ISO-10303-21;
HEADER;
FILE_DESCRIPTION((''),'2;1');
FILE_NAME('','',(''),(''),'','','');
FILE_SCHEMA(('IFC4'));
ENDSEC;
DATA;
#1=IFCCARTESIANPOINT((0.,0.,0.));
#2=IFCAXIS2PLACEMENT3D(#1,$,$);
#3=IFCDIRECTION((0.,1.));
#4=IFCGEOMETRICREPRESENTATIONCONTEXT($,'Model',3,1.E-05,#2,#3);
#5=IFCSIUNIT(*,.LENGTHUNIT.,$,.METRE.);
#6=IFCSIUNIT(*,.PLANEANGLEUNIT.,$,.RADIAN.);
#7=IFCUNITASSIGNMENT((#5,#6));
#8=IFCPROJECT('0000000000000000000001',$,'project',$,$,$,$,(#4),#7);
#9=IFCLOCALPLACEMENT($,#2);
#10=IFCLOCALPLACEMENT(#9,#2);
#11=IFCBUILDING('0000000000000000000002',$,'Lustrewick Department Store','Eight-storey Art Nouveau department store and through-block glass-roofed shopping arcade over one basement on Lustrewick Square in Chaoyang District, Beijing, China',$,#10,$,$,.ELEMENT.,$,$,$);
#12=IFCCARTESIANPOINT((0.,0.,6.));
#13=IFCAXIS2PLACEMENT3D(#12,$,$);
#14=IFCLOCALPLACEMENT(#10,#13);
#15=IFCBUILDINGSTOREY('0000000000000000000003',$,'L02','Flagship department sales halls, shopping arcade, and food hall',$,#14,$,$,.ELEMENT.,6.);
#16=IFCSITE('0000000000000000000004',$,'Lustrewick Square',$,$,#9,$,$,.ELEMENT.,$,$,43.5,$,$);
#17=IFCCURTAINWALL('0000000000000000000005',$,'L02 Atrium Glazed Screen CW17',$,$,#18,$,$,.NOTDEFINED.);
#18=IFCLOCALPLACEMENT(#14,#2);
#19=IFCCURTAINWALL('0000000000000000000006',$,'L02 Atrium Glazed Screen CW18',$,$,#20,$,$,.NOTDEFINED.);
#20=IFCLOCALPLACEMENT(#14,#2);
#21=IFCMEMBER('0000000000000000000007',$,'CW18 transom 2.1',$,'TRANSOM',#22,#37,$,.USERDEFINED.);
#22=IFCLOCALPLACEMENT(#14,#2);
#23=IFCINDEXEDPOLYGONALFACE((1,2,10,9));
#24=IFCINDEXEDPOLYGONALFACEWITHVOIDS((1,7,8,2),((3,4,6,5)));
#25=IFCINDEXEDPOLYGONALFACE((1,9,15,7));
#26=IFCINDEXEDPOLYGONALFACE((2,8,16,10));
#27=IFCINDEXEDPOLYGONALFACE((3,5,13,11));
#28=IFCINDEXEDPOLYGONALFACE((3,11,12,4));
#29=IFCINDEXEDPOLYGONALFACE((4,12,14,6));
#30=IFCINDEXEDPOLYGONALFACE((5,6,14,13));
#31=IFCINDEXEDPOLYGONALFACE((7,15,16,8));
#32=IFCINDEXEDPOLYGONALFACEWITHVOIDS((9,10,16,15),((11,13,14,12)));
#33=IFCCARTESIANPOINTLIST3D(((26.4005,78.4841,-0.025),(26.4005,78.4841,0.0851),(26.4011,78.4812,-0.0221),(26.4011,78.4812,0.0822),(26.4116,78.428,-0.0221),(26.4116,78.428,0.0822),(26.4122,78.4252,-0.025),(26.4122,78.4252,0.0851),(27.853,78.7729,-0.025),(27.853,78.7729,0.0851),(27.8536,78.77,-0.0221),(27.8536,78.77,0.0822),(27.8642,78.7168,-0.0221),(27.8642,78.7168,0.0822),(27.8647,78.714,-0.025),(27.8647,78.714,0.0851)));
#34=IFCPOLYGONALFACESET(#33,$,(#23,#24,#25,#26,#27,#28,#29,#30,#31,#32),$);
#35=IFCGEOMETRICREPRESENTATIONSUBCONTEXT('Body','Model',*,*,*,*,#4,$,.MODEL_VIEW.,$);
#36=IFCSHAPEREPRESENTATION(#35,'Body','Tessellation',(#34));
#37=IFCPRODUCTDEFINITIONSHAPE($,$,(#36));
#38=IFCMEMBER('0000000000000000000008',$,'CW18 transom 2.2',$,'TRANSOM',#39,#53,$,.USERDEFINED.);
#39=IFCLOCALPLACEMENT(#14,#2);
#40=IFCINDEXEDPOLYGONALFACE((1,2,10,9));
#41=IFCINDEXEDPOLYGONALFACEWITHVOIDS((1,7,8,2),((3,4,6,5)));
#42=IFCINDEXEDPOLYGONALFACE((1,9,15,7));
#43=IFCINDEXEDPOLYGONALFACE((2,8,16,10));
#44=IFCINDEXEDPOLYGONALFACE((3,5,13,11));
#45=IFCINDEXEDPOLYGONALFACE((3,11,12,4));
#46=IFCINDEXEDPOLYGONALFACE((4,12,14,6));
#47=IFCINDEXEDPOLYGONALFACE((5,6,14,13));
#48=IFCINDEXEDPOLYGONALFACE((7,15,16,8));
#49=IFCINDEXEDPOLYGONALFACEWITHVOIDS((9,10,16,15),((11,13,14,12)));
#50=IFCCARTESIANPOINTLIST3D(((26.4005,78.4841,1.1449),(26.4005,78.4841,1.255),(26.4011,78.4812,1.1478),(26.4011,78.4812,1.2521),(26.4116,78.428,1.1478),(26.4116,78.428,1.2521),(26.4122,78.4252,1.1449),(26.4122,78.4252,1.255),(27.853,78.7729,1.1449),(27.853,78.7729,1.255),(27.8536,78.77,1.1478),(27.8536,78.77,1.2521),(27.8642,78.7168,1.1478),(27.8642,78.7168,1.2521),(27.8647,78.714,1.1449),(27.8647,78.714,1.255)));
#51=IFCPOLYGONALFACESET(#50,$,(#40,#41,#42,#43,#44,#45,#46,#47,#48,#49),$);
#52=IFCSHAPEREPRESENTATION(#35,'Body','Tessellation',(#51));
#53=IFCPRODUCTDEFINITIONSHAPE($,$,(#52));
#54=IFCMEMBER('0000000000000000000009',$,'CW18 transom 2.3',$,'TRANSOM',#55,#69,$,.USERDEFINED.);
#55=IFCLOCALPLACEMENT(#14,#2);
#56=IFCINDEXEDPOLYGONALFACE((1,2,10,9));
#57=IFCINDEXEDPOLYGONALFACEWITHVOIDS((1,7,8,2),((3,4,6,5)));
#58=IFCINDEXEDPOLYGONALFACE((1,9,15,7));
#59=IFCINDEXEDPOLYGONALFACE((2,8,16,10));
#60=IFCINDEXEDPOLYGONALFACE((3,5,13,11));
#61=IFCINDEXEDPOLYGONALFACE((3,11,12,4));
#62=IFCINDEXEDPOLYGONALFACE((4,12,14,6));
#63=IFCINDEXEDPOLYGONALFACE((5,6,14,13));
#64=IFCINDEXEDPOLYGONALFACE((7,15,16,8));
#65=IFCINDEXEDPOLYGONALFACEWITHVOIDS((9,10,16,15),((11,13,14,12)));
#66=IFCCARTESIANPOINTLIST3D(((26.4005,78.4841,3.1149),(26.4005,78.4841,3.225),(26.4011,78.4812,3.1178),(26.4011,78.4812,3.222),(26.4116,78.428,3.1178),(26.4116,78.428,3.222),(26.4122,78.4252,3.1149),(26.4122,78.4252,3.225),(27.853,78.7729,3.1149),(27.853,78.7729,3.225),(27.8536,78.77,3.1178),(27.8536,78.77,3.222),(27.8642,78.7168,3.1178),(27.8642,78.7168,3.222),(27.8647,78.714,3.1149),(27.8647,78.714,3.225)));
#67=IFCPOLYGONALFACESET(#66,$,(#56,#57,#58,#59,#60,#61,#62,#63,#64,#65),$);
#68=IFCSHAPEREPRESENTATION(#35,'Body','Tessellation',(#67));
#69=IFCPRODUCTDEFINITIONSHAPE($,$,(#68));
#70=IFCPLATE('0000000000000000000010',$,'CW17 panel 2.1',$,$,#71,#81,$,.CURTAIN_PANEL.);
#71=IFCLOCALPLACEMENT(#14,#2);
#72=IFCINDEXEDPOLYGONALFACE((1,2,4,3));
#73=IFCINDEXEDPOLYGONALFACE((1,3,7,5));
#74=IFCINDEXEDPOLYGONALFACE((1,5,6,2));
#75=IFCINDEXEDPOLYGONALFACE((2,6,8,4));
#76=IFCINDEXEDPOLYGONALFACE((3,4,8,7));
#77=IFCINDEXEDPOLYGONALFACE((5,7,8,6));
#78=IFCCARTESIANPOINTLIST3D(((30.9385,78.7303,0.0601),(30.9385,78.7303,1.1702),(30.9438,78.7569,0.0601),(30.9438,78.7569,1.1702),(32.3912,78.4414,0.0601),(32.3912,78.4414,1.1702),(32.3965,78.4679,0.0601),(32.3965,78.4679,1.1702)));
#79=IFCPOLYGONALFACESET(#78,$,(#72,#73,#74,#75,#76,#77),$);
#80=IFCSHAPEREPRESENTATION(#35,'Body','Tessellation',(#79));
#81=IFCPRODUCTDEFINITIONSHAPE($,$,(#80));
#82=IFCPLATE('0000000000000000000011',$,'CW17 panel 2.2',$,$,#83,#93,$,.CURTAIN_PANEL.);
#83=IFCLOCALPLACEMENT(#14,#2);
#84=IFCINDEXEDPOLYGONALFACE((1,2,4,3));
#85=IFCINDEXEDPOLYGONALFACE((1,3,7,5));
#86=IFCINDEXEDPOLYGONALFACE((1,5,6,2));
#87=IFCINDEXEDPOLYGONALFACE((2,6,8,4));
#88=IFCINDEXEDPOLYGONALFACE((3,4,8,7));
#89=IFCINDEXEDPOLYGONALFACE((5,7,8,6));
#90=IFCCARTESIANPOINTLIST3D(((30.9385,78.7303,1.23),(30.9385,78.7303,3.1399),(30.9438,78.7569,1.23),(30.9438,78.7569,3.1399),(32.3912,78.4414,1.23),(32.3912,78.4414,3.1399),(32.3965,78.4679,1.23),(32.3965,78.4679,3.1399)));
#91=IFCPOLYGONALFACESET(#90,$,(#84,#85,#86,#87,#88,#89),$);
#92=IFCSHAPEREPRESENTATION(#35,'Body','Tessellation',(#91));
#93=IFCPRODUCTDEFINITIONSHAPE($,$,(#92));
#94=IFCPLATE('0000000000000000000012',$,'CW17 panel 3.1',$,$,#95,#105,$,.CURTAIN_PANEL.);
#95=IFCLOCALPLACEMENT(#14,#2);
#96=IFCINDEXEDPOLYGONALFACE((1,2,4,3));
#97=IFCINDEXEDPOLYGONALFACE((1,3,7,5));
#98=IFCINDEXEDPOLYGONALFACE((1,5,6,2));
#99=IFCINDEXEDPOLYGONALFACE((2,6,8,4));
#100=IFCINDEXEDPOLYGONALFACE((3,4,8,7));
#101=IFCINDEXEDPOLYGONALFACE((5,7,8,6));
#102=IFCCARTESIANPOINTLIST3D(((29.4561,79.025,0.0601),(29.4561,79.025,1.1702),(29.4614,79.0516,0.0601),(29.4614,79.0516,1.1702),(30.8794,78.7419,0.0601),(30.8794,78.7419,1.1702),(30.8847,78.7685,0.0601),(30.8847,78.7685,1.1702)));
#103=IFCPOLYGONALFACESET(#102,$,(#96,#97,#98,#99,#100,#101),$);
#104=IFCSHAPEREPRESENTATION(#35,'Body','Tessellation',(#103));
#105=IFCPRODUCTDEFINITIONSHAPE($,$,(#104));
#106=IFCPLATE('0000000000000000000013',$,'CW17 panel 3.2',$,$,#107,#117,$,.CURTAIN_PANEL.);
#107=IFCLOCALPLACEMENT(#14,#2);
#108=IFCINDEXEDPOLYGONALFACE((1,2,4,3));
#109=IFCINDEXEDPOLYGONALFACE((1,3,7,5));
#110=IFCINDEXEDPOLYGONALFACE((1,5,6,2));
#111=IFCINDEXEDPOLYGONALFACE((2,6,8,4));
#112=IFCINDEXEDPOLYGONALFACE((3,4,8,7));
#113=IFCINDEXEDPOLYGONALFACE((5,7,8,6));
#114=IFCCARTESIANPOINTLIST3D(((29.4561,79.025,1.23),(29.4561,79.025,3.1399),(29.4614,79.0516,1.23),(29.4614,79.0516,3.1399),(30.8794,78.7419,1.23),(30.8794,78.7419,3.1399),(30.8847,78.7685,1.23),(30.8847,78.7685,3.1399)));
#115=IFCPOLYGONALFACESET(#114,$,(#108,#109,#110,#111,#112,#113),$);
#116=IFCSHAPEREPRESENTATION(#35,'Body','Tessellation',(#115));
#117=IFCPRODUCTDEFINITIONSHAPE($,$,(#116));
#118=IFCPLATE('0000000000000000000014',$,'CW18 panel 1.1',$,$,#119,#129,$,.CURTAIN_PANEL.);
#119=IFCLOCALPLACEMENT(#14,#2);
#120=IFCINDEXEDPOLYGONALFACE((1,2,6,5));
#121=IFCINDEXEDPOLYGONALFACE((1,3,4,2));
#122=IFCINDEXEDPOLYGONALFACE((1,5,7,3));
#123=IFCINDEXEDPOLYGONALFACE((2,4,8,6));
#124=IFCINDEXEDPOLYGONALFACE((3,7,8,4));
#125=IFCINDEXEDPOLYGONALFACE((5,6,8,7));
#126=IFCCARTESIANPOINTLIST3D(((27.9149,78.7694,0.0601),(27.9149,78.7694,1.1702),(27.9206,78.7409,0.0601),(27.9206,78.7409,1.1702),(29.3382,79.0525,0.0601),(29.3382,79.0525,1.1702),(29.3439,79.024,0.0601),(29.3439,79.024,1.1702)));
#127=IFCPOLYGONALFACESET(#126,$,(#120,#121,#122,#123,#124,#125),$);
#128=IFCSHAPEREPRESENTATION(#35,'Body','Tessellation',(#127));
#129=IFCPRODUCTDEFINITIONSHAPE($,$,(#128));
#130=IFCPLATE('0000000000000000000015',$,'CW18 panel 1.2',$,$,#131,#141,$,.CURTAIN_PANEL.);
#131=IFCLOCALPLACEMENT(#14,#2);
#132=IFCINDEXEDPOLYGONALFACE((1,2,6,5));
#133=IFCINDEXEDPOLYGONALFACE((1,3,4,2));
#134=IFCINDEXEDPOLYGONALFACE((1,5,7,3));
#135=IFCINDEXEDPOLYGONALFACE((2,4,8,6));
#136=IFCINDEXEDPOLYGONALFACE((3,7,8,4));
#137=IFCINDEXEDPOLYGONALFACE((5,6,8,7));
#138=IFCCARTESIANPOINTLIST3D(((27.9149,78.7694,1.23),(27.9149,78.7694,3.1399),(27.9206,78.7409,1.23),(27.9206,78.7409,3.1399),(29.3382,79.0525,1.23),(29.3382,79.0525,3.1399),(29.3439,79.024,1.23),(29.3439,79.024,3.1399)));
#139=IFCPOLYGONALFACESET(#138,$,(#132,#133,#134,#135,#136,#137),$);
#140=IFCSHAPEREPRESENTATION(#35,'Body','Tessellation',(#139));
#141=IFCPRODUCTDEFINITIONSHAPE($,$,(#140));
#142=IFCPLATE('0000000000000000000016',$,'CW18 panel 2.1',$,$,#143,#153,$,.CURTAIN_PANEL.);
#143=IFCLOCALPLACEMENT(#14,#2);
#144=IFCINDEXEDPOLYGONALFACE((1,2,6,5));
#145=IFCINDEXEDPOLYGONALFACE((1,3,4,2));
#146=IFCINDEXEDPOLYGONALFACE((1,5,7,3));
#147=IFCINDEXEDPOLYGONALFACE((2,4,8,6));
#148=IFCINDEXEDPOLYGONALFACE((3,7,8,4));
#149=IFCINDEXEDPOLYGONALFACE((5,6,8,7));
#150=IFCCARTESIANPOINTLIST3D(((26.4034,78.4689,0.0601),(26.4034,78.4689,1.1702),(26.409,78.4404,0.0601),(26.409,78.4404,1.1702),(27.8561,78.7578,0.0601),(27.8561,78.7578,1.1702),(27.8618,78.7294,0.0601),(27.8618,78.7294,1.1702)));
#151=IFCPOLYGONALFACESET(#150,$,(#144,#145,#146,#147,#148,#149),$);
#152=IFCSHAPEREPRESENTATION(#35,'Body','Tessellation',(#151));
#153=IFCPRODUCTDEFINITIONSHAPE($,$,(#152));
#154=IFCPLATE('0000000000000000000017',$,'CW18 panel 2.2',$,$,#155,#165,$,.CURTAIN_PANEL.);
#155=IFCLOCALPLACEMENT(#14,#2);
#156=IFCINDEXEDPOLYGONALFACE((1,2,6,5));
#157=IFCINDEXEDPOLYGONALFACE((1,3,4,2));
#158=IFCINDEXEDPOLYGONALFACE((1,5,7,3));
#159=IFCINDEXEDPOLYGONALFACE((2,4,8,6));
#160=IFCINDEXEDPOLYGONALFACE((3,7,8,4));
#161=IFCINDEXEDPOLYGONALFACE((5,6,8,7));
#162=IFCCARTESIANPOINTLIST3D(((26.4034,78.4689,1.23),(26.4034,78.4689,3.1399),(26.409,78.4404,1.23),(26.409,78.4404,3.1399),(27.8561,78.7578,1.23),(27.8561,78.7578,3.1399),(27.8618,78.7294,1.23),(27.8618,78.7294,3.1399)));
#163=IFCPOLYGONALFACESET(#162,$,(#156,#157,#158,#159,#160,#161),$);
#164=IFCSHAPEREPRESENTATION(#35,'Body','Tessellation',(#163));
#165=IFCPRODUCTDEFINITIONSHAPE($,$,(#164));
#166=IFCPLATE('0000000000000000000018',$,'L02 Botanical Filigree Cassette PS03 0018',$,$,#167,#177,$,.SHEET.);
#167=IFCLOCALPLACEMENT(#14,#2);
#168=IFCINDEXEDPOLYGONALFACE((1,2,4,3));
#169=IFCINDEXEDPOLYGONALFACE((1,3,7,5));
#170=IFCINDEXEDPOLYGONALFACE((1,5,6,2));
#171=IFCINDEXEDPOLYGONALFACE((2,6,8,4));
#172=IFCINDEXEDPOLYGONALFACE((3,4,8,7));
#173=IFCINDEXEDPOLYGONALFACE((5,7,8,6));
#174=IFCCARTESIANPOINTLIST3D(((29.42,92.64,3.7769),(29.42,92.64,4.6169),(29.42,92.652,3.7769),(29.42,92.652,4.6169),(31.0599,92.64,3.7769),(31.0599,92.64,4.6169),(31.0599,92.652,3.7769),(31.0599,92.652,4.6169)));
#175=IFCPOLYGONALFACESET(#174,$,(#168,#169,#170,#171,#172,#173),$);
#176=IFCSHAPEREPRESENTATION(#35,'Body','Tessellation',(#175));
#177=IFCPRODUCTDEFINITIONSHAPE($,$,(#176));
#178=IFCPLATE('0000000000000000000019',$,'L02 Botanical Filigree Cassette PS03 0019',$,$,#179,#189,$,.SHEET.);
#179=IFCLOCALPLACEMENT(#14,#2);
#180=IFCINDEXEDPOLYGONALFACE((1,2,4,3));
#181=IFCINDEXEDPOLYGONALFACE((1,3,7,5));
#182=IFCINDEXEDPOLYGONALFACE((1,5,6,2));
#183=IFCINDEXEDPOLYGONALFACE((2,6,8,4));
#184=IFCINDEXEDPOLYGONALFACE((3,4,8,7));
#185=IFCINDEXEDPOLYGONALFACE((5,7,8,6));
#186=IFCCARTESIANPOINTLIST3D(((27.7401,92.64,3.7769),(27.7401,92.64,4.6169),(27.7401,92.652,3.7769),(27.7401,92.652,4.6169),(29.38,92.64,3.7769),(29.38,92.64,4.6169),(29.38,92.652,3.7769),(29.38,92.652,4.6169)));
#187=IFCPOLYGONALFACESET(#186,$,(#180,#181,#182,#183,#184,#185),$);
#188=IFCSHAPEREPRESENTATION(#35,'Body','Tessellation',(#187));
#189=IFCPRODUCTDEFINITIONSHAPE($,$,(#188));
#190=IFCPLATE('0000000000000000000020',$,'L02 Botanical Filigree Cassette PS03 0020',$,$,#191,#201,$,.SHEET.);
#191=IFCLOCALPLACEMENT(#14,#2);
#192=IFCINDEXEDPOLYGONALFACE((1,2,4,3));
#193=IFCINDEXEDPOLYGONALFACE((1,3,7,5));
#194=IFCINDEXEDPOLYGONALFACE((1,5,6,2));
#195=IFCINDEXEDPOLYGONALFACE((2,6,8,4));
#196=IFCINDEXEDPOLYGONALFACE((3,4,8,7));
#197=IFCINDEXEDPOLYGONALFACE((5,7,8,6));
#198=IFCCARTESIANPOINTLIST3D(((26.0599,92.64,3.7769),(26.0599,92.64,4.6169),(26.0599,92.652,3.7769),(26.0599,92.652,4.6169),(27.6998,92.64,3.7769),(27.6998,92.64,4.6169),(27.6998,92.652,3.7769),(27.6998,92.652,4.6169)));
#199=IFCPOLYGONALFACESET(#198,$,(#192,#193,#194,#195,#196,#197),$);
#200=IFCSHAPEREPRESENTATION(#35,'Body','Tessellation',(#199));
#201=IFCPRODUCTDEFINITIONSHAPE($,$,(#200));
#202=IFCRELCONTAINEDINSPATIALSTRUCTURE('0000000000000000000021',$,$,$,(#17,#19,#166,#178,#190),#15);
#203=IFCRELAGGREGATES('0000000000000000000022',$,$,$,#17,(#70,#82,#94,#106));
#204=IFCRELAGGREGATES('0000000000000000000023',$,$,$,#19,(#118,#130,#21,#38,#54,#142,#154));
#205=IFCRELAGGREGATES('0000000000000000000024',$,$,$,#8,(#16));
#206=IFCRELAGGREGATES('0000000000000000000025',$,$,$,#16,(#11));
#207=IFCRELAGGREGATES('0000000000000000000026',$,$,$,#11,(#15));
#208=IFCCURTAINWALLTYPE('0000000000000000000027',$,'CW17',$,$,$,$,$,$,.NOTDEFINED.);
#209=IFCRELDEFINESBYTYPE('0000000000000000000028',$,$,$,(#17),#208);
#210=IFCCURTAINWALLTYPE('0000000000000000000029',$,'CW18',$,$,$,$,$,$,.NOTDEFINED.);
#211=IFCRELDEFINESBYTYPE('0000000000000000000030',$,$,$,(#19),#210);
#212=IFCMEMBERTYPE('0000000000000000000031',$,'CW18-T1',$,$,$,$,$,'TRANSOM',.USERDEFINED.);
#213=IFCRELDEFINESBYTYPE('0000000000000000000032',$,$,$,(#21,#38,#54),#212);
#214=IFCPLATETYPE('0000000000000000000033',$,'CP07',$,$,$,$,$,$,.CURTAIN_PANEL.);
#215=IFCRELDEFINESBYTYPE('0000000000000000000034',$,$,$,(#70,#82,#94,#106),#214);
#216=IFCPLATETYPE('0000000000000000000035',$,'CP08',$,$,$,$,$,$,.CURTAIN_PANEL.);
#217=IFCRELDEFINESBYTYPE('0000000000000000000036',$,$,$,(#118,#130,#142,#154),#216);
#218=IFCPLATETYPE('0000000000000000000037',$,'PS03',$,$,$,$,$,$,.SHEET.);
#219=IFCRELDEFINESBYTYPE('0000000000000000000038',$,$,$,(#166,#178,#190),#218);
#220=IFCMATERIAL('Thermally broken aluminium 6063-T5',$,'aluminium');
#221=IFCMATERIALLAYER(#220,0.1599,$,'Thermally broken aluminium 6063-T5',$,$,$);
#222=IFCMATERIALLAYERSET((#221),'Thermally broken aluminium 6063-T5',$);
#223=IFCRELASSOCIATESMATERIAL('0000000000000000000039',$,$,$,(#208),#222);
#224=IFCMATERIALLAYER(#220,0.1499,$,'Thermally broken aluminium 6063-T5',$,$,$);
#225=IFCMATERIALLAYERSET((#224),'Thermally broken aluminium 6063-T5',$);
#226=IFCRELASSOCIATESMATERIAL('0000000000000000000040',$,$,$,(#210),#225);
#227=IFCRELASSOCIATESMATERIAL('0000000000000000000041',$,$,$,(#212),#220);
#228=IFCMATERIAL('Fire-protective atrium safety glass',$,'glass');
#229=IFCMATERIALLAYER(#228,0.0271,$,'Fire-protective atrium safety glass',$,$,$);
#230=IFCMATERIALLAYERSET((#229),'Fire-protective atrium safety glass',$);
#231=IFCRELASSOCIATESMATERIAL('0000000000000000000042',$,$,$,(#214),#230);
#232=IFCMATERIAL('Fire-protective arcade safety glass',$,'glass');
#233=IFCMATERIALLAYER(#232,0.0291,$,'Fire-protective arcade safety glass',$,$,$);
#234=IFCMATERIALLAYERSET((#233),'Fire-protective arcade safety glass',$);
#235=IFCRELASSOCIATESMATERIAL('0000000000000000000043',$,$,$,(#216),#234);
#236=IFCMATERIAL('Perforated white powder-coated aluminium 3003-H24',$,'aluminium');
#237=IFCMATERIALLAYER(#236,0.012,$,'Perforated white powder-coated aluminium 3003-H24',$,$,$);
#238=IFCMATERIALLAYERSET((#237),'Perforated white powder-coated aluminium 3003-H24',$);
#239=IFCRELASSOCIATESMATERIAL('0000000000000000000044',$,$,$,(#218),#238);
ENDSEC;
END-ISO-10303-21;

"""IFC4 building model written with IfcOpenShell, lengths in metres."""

from ifc_helpers import new_model, si_unit, direction, frame, origin, origin_2d, place, context, subcontext, project, spatial, rectangle, hollow_rectangle, extrude, material, layer, layer_set, material_profile, profile_set, type_object, element, aggregate, save


model = new_model("IFC4")

# Units and contexts
model_context = context("Model", 3, precision=1e-05, world=origin(), true_north=direction((0.0, 1.0)))
body_context = subcontext(model_context, "Body", "Model", "MODEL_VIEW")
ifc_project = project(units=[si_unit("LENGTHUNIT", "METRE"), si_unit("PLANEANGLEUNIT", "RADIAN")], contexts=[model_context])

# Site, building, storey
site_placement = place(None, origin())
site = spatial("IfcSite", under=ifc_project, at=site_placement, Name="Lustrewick Square", CompositionType="ELEMENT", RefElevation=43.5)
building_placement = place(site_placement, origin())
building = spatial("IfcBuilding", under=site, at=building_placement, Name="Lustrewick Department Store", Description="Eight-storey Art Nouveau department store and through-block glass-roofed shopping arcade over one basement on Lustrewick Square in Chaoyang District, Beijing, China", CompositionType="ELEMENT")
storey_placement = place(building_placement, frame((0.0, 0.0, 6.0)))
storey = spatial("IfcBuildingStorey", under=building, at=storey_placement, Name="L02", Description="Flagship department sales halls, shopping arcade, and food hall", CompositionType="ELEMENT", Elevation=6.0)

# Curtain walls, members
ifc_material_1 = material(Name="Thermally broken aluminium 6063-T5", Category="aluminium")
ifc_layer_1 = layer(ifc_material_1, 0.1599, Name="Thermally broken aluminium 6063-T5")
ifc_layer_set_1 = layer_set([ifc_layer_1], Name="Thermally broken aluminium 6063-T5")
curtain_wall_type_1 = type_object("IfcCurtainWallType", Name="CW17", PredefinedType="NOTDEFINED", material=ifc_layer_set_1)
curtain_wall_1_placement = place(storey_placement, origin())
curtain_wall_1 = element("IfcCurtainWall", 1, at=curtain_wall_1_placement, inside=storey, type_object=curtain_wall_type_1, Name="L02 Atrium Glazed Screen CW17", PredefinedType="NOTDEFINED")
ifc_layer_2 = layer(ifc_material_1, 0.1499, Name="Thermally broken aluminium 6063-T5")
ifc_layer_set_2 = layer_set([ifc_layer_2], Name="Thermally broken aluminium 6063-T5")
curtain_wall_type_2 = type_object("IfcCurtainWallType", Name="CW18", PredefinedType="NOTDEFINED", material=ifc_layer_set_2)
curtain_wall_2_placement = place(storey_placement, origin())
curtain_wall_2 = element("IfcCurtainWall", 2, at=curtain_wall_2_placement, inside=storey, type_object=curtain_wall_type_2, Name="L02 Atrium Glazed Screen CW18", PredefinedType="NOTDEFINED")
ifc_material_profile_1 = material_profile(ifc_material_1, hollow_rectangle(XDim=0.0601, YDim=0.1101, WallThickness=0.0029, at=origin_2d()), Name="ALU-T 60x110x3")
ifc_profile_set_1 = profile_set([ifc_material_profile_1], Name="Thermally broken aluminium 6063-T5")
member_type_1 = type_object("IfcMemberType", Name="CW18-T1", ElementType="TRANSOM", PredefinedType="USERDEFINED", material=ifc_profile_set_1)
member_1_placement = place(storey_placement, frame((27.8589, 78.7434, 0.03), z_axis=(-0.980802, -0.195007, 0.0), x_axis=(0.195007, -0.980802, 0.0)))
member_1 = element("IfcMember", 3, at=member_1_placement, type_object=member_type_1, Name="CW18 transom 2.1", ObjectType="TRANSOM", PredefinedType="USERDEFINED", context=body_context, shape_type="SweptSolid", body=[
    extrude(hollow_rectangle(XDim=0.0601, YDim=0.1101, WallThickness=0.0029, at=origin_2d()), origin(), (0.0, 0.0, 1.0), 1.481),
])
member_2_placement = place(storey_placement, frame((27.8589, 78.7434, 1.2), z_axis=(-0.980802, -0.195007, 0.0), x_axis=(0.195007, -0.980802, 0.0)))
member_2 = element("IfcMember", 4, at=member_2_placement, type_object=member_type_1, Name="CW18 transom 2.2", ObjectType="TRANSOM", PredefinedType="USERDEFINED", context=body_context, shape_type="SweptSolid", body=[
    extrude(hollow_rectangle(XDim=0.0601, YDim=0.1101, WallThickness=0.0029, at=origin_2d()), origin(), (0.0, 0.0, 1.0), 1.481),
])
member_3_placement = place(storey_placement, frame((27.8589, 78.7434, 3.1699), z_axis=(-0.980802, -0.195007, 0.0), x_axis=(0.195007, -0.980802, 0.0)))
member_3 = element("IfcMember", 5, at=member_3_placement, type_object=member_type_1, Name="CW18 transom 2.3", ObjectType="TRANSOM", PredefinedType="USERDEFINED", context=body_context, shape_type="SweptSolid", body=[
    extrude(hollow_rectangle(XDim=0.0601, YDim=0.1101, WallThickness=0.0029, at=origin_2d()), origin(), (0.0, 0.0, 1.0), 1.481),
])

# Plates
ifc_material_2 = material(Name="Fire-protective atrium safety glass", Category="glass")
ifc_layer_3 = layer(ifc_material_2, 0.0271, Name="Fire-protective atrium safety glass")
ifc_layer_set_3 = layer_set([ifc_layer_3], Name="Fire-protective atrium safety glass")
plate_type_1 = type_object("IfcPlateType", Name="CP07", PredefinedType="CURTAIN_PANEL", material=ifc_layer_set_3)
plate_1_placement = place(storey_placement, frame((31.6675, 78.5991, 0.0601), z_axis=(0.0, 0.0, 1.0), x_axis=(-0.980786, 0.195085, 0.0)))
plate_1 = element("IfcPlate", 6, at=plate_1_placement, type_object=plate_type_1, Name="CW17 panel 2.1", PredefinedType="CURTAIN_PANEL", context=body_context, shape_type="SweptSolid", body=[
    extrude(rectangle(XDim=1.4812, YDim=0.0271, at=origin_2d()), origin(), (0.0, 0.0, 1.0), 1.1101),
])
plate_2_placement = place(storey_placement, frame((31.6675, 78.5991, 1.23), z_axis=(0.0, 0.0, 1.0), x_axis=(-0.980786, 0.195085, 0.0)))
plate_2 = element("IfcPlate", 7, at=plate_2_placement, type_object=plate_type_1, Name="CW17 panel 2.2", PredefinedType="CURTAIN_PANEL", context=body_context, shape_type="SweptSolid", body=[
    extrude(rectangle(XDim=1.4812, YDim=0.0271, at=origin_2d()), origin(), (0.0, 0.0, 1.0), 1.9099),
])
plate_3_placement = place(storey_placement, frame((30.1704, 78.8967, 0.0601), z_axis=(0.0, 0.0, 1.0), x_axis=(-0.980786, 0.195085, 0.0)))
plate_3 = element("IfcPlate", 8, at=plate_3_placement, type_object=plate_type_1, Name="CW17 panel 3.1", PredefinedType="CURTAIN_PANEL", context=body_context, shape_type="SweptSolid", body=[
    extrude(rectangle(XDim=1.4512, YDim=0.0271, at=origin_2d()), origin(), (0.0, 0.0, 1.0), 1.1101),
])
plate_4_placement = place(storey_placement, frame((30.1704, 78.8967, 1.23), z_axis=(0.0, 0.0, 1.0), x_axis=(-0.980786, 0.195085, 0.0)))
plate_4 = element("IfcPlate", 9, at=plate_4_placement, type_object=plate_type_1, Name="CW17 panel 3.2", PredefinedType="CURTAIN_PANEL", context=body_context, shape_type="SweptSolid", body=[
    extrude(rectangle(XDim=1.4512, YDim=0.0271, at=origin_2d()), origin(), (0.0, 0.0, 1.0), 1.9099),
])
aggregate(curtain_wall_1, [plate_1, plate_2, plate_3, plate_4])
ifc_material_3 = material(Name="Fire-protective arcade safety glass", Category="glass")
ifc_layer_4 = layer(ifc_material_3, 0.0291, Name="Fire-protective arcade safety glass")
ifc_layer_set_4 = layer_set([ifc_layer_4], Name="Fire-protective arcade safety glass")
plate_type_2 = type_object("IfcPlateType", Name="CP08", PredefinedType="CURTAIN_PANEL", material=ifc_layer_set_4)
plate_5_placement = place(storey_placement, frame((28.6294, 78.8967, 0.0601), z_axis=(0.0, 0.0, 1.0), x_axis=(-0.980786, -0.195085, 0.0)))
plate_5 = element("IfcPlate", 10, at=plate_5_placement, type_object=plate_type_2, Name="CW18 panel 1.1", PredefinedType="CURTAIN_PANEL", context=body_context, shape_type="SweptSolid", body=[
    extrude(rectangle(XDim=1.4512, YDim=0.0291, at=origin_2d()), origin(), (0.0, 0.0, 1.0), 1.1101),
])
plate_6_placement = place(storey_placement, frame((28.6294, 78.8967, 1.23), z_axis=(0.0, 0.0, 1.0), x_axis=(-0.980786, -0.195085, 0.0)))
plate_6 = element("IfcPlate", 11, at=plate_6_placement, type_object=plate_type_2, Name="CW18 panel 1.2", PredefinedType="CURTAIN_PANEL", context=body_context, shape_type="SweptSolid", body=[
    extrude(rectangle(XDim=1.4512, YDim=0.0291, at=origin_2d()), origin(), (0.0, 0.0, 1.0), 1.9099),
])
plate_7_placement = place(storey_placement, frame((27.1326, 78.5991, 0.0601), z_axis=(0.0, 0.0, 1.0), x_axis=(-0.980786, -0.195085, 0.0)))
plate_7 = element("IfcPlate", 12, at=plate_7_placement, type_object=plate_type_2, Name="CW18 panel 2.1", PredefinedType="CURTAIN_PANEL", context=body_context, shape_type="SweptSolid", body=[
    extrude(rectangle(XDim=1.4812, YDim=0.0291, at=origin_2d()), origin(), (0.0, 0.0, 1.0), 1.1101),
])
plate_8_placement = place(storey_placement, frame((27.1326, 78.5991, 1.23), z_axis=(0.0, 0.0, 1.0), x_axis=(-0.980786, -0.195085, 0.0)))
plate_8 = element("IfcPlate", 13, at=plate_8_placement, type_object=plate_type_2, Name="CW18 panel 2.2", PredefinedType="CURTAIN_PANEL", context=body_context, shape_type="SweptSolid", body=[
    extrude(rectangle(XDim=1.4812, YDim=0.0291, at=origin_2d()), origin(), (0.0, 0.0, 1.0), 1.9099),
])
aggregate(curtain_wall_2, [plate_5, plate_6, member_1, member_2, member_3, plate_7, plate_8])

# Plates
ifc_material_4 = material(Name="Perforated white powder-coated aluminium 3003-H24", Category="aluminium")
ifc_layer_5 = layer(ifc_material_4, 0.012, Name="Perforated white powder-coated aluminium 3003-H24")
ifc_layer_set_5 = layer_set([ifc_layer_5], Name="Perforated white powder-coated aluminium 3003-H24")
plate_type_3 = type_object("IfcPlateType", Name="PS03", PredefinedType="SHEET", material=ifc_layer_set_5)
for number, where, z_axis, x_axis, name in (
    (14, (30.24, 92.646, 3.7769), (0.0, 0.0, 1.0), (-1.0, 0.0, 0.0), "L02 Botanical Filigree Cassette PS03 0018"),
    (15, (28.5601, 92.646, 3.7769), (0.0, 0.0, 1.0), (-1.0, 0.0, 0.0), "L02 Botanical Filigree Cassette PS03 0019"),
    (16, (26.8799, 92.646, 3.7769), (0.0, 0.0, 1.0), (-1.0, 0.0, 0.0), "L02 Botanical Filigree Cassette PS03 0020"),
):
    element("IfcPlate", number, at=place(storey_placement, frame(where, z_axis=z_axis, x_axis=x_axis)), inside=storey, type_object=plate_type_3, Name=name, PredefinedType="SHEET", context=body_context, shape_type="SweptSolid", body=[
        extrude(rectangle(XDim=1.6399, YDim=0.012, at=origin_2d()), origin(), (0.0, 0.0, 1.0), 0.8401),
    ])

save(model, "model.ifc")
